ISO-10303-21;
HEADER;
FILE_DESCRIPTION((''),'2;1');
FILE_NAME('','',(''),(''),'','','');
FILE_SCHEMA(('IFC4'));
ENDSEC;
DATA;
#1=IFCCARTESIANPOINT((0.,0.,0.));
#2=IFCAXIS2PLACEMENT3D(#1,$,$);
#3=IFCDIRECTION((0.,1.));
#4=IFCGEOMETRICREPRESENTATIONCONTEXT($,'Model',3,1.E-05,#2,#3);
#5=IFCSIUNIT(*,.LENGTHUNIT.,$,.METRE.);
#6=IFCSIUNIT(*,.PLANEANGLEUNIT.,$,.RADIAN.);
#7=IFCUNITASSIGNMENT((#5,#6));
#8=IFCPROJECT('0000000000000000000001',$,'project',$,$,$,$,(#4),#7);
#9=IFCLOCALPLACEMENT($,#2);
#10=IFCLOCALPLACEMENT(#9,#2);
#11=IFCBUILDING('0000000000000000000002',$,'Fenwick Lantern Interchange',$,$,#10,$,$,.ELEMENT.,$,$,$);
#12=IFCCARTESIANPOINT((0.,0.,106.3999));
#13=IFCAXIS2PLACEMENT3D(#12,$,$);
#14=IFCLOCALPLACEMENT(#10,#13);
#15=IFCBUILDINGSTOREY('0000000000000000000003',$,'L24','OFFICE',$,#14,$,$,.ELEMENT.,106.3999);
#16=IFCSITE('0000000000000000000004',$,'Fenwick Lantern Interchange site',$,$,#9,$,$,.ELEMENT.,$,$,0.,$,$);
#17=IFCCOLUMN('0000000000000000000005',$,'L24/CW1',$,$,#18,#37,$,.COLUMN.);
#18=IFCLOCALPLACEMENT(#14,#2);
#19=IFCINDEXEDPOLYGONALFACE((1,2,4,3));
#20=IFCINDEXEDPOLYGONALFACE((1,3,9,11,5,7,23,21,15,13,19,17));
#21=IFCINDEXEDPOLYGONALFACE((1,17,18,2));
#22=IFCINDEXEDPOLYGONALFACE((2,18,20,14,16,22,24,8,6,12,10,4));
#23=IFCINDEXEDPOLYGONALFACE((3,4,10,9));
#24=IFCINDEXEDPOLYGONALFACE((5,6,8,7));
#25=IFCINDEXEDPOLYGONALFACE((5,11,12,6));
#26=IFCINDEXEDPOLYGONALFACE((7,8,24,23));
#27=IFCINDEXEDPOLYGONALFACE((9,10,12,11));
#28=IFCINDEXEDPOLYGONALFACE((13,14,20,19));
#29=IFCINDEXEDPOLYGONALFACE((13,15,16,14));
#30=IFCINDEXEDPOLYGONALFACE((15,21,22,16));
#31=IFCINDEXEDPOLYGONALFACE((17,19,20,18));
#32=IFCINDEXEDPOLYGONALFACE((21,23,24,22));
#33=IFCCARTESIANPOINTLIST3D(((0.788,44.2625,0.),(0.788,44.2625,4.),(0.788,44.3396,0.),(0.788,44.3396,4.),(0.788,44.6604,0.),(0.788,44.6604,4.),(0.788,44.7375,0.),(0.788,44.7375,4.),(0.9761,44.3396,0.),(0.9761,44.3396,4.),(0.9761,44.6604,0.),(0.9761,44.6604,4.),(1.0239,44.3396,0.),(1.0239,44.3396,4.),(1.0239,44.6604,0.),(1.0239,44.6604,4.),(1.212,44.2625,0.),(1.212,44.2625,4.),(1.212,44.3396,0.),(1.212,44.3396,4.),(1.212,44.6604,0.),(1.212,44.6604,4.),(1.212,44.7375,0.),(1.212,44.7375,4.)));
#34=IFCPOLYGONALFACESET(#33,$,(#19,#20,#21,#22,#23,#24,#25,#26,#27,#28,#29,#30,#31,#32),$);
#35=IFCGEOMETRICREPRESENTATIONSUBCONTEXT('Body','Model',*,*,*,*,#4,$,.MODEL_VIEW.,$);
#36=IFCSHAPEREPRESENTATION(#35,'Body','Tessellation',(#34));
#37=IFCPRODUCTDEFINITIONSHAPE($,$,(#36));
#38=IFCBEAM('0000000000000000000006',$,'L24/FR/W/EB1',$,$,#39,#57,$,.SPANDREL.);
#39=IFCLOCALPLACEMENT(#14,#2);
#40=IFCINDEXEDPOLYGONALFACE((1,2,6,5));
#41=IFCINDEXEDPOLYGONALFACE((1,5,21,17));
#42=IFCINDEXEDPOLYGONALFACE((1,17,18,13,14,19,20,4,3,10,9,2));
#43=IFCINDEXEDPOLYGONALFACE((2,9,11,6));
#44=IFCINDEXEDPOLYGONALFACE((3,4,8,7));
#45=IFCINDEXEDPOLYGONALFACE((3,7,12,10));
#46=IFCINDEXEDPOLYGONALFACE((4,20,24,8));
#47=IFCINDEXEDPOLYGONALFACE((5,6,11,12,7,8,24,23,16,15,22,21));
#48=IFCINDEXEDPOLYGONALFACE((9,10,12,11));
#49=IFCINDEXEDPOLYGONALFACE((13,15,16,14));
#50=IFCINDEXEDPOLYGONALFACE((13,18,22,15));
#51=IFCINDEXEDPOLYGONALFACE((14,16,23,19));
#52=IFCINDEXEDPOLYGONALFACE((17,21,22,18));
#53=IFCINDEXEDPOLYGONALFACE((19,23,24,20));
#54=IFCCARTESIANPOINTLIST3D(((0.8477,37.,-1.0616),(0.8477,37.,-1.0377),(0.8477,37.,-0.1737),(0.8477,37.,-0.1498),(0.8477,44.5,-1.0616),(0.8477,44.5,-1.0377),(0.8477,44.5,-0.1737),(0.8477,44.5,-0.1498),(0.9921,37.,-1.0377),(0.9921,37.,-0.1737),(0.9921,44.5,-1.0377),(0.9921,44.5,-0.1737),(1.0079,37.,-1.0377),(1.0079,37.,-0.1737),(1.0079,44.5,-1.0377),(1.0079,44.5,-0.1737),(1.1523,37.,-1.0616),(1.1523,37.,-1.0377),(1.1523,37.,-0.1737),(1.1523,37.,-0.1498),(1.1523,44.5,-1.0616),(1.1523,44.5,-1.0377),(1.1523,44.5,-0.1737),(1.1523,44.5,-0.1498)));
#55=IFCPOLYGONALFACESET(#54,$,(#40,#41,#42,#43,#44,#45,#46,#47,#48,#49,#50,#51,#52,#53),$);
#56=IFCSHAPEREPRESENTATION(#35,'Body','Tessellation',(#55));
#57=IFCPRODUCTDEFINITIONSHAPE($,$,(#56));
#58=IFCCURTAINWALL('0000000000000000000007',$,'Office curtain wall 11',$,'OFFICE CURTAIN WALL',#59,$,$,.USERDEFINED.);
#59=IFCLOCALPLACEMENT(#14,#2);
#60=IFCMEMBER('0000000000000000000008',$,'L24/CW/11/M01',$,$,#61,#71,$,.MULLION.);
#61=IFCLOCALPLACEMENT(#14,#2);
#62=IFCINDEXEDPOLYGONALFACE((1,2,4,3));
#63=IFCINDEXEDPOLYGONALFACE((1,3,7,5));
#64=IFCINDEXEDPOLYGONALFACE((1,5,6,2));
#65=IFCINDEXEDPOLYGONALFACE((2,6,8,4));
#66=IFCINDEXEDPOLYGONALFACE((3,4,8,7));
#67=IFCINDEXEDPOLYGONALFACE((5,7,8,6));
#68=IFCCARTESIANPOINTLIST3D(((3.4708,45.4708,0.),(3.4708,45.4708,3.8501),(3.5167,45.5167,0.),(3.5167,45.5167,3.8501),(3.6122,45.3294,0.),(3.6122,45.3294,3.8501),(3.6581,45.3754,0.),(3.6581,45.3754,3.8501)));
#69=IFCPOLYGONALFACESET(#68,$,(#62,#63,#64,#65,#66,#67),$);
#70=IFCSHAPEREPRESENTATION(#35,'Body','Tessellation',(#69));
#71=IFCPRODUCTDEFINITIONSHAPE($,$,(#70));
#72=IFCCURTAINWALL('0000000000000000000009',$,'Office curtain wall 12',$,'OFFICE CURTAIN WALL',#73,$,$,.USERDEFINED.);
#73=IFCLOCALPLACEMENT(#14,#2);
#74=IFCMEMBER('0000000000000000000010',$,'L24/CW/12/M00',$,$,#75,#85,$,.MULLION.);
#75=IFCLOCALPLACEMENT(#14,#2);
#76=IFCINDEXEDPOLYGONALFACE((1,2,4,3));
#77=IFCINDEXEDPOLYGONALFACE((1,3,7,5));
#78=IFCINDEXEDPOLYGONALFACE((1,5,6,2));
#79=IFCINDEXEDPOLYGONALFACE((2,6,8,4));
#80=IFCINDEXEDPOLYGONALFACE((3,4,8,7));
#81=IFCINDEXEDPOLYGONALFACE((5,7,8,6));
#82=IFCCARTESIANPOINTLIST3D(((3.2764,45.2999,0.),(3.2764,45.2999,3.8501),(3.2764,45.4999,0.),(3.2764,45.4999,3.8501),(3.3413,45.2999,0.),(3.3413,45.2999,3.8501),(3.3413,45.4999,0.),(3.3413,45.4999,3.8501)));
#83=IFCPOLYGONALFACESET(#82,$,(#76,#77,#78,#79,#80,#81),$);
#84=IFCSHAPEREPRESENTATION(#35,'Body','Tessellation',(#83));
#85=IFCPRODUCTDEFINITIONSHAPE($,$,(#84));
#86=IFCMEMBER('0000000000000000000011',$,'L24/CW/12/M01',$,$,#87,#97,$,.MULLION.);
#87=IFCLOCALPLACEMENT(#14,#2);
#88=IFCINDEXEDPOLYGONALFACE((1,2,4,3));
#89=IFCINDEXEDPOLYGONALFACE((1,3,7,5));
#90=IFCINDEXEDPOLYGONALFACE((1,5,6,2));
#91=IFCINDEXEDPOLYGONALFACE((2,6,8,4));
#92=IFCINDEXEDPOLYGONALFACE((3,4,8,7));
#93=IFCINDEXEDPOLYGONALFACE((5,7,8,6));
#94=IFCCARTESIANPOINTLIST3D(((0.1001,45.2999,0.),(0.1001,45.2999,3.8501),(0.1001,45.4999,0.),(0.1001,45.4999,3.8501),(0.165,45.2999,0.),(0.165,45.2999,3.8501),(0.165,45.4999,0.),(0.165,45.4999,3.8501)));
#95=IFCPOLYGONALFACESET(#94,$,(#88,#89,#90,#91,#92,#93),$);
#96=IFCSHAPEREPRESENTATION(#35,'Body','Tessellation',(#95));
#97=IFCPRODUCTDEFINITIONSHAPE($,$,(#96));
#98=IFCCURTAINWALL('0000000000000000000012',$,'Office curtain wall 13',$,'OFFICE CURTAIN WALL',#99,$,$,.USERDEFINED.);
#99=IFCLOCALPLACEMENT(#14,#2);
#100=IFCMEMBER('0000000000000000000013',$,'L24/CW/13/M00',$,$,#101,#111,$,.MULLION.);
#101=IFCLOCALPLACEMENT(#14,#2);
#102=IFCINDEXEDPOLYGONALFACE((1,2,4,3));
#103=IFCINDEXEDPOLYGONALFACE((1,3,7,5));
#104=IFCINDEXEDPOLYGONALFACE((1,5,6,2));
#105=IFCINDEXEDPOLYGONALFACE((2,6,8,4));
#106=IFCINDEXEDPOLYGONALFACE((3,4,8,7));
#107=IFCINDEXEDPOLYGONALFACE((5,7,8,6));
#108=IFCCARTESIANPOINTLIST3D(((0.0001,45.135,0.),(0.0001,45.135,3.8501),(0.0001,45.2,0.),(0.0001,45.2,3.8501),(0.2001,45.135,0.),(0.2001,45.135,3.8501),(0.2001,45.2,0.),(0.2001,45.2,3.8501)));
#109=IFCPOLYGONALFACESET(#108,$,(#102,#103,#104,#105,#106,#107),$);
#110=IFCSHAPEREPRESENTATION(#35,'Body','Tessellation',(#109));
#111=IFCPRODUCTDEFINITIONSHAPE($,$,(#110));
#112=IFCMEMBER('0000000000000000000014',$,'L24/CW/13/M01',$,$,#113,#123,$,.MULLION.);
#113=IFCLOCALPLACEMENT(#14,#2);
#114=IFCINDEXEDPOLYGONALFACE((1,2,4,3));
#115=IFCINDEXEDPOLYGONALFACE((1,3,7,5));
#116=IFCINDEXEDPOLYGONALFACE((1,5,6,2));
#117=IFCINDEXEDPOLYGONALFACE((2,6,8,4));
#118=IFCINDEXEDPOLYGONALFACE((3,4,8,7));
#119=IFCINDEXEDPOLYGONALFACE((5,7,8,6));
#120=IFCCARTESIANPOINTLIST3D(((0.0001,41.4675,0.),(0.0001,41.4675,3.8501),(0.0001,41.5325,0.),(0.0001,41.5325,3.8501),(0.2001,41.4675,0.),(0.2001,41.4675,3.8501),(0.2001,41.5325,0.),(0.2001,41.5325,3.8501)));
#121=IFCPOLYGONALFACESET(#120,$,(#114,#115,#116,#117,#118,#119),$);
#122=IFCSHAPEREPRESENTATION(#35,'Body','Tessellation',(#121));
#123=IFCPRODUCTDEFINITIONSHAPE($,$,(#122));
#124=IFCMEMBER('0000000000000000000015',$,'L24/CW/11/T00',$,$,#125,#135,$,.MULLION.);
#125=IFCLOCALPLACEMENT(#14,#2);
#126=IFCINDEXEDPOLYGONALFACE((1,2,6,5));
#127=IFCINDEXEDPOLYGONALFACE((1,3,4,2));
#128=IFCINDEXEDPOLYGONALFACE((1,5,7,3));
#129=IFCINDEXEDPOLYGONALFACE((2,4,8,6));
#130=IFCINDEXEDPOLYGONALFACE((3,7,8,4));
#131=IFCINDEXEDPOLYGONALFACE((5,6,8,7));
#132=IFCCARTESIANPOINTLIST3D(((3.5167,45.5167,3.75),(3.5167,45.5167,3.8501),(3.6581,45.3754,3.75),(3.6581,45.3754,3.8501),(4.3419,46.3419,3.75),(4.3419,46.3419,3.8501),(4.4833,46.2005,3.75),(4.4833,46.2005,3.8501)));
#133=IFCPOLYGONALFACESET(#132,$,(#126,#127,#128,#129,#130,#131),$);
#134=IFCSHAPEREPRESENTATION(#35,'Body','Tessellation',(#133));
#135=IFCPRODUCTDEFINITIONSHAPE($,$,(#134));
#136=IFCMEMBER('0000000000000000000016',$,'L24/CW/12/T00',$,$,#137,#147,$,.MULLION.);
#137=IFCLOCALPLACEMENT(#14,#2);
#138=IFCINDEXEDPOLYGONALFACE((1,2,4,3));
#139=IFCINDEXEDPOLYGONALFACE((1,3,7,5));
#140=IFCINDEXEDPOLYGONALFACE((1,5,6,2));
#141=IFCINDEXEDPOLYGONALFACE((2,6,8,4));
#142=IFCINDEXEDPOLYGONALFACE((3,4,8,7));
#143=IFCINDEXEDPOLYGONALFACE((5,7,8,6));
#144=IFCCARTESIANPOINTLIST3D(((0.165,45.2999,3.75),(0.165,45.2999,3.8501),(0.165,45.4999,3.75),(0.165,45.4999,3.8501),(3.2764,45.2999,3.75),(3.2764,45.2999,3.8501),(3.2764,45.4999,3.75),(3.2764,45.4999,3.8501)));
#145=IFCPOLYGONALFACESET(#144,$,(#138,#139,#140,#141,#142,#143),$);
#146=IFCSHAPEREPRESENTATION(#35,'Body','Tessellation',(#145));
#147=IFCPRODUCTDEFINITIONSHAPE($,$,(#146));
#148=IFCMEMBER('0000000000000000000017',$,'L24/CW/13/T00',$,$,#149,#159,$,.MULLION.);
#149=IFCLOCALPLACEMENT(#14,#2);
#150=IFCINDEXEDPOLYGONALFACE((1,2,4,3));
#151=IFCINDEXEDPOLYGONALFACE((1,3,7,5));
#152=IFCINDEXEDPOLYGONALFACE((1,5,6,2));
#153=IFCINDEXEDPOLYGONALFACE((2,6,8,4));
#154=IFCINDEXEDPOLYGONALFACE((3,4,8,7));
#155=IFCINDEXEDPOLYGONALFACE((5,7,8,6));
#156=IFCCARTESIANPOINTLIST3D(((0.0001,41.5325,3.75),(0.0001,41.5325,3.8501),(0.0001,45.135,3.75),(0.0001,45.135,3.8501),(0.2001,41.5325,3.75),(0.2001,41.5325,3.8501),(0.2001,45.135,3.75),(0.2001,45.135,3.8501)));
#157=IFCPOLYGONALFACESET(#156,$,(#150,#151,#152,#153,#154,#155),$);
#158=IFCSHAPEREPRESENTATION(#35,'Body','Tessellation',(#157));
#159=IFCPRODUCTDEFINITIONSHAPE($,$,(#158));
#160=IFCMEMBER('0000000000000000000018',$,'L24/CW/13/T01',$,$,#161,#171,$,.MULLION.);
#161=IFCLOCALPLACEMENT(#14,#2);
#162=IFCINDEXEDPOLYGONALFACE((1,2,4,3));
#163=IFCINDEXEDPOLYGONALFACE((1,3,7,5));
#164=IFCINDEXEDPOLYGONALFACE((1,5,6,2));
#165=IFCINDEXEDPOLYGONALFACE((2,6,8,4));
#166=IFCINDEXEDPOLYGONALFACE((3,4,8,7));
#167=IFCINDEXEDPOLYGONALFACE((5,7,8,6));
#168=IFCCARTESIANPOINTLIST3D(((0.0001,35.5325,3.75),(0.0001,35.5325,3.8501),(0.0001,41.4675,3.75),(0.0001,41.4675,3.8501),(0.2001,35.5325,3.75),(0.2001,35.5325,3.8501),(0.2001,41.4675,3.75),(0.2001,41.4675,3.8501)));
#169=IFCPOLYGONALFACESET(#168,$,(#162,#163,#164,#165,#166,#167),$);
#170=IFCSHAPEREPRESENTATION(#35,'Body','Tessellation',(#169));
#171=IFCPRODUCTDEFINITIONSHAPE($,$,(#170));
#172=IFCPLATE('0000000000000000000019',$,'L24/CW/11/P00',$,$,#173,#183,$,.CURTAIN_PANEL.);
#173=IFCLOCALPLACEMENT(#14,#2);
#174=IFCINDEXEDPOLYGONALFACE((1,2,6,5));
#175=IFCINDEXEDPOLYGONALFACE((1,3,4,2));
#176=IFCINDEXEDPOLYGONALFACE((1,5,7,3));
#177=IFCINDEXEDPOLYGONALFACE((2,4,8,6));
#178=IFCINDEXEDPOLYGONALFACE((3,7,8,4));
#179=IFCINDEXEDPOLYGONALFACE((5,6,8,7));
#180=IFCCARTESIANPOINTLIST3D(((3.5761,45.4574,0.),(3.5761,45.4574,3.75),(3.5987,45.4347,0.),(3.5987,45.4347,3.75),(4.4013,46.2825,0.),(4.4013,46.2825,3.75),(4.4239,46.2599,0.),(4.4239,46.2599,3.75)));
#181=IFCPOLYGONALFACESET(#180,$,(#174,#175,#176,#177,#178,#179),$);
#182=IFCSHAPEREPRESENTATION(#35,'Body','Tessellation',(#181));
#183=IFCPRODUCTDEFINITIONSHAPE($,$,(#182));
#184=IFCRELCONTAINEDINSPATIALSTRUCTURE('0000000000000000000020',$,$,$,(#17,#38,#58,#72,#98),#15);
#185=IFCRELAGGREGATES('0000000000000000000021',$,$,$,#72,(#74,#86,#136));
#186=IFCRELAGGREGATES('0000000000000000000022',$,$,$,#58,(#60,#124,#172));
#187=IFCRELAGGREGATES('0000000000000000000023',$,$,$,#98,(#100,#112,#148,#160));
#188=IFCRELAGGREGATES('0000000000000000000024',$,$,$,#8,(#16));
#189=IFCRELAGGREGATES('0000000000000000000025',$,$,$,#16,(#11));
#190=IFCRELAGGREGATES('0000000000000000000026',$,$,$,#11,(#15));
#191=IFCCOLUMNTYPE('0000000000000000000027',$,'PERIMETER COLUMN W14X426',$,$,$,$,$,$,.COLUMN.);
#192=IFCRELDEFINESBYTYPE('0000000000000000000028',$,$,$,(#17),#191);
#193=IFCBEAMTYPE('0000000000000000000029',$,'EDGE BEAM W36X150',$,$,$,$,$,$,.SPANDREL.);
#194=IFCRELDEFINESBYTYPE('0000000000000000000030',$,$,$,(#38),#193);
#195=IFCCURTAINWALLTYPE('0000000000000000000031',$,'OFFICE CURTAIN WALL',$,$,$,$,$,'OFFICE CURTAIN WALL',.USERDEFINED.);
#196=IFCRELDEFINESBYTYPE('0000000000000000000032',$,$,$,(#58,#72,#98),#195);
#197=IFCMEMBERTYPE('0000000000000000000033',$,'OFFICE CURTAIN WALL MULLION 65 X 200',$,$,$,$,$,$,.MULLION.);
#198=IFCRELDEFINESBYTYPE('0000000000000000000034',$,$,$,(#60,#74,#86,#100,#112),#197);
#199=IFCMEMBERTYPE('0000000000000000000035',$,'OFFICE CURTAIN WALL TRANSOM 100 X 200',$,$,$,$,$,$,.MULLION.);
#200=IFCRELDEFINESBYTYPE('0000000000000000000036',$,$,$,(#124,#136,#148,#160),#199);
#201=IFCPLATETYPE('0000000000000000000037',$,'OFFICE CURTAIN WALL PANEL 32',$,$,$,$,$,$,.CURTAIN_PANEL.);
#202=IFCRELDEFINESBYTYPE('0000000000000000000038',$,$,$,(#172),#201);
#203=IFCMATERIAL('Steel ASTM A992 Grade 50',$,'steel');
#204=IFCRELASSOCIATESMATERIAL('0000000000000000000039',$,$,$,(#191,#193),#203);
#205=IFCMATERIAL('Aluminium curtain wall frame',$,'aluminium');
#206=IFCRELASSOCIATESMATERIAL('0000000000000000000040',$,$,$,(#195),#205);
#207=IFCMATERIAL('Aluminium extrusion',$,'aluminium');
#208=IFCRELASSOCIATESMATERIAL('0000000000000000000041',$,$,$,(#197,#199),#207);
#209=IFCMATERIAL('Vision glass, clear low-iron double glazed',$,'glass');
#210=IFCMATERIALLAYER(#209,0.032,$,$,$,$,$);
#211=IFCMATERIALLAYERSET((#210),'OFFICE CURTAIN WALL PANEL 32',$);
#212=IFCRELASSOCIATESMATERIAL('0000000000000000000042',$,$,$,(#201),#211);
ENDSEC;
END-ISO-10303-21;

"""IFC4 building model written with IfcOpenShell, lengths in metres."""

from ifc_helpers import new_model, si_unit, direction, frame, origin, origin_2d, place, context, subcontext, project, spatial, rectangle, i_section, extrude, material, layer, layer_set, material_profile, profile_set, type_object, element, aggregate, save


model = new_model("IFC4")

# Units and contexts
model_context = context("Model", 3, precision=1e-05, world=origin(), true_north=direction((0.0, 1.0)))
body_context = subcontext(model_context, "Body", "Model", "MODEL_VIEW")
ifc_project = project(units=[si_unit("LENGTHUNIT", "METRE"), si_unit("PLANEANGLEUNIT", "RADIAN")], contexts=[model_context])

# Site, building, storey
site_placement = place(None, origin())
site = spatial("IfcSite", under=ifc_project, at=site_placement, Name="Fenwick Lantern Interchange site", CompositionType="ELEMENT", RefElevation=0.0)
building_placement = place(site_placement, origin())
building = spatial("IfcBuilding", under=site, at=building_placement, Name="Fenwick Lantern Interchange", CompositionType="ELEMENT")
storey_placement = place(building_placement, frame((0.0, 0.0, 106.3999)))
storey = spatial("IfcBuildingStorey", under=building, at=storey_placement, Name="L24", Description="OFFICE", CompositionType="ELEMENT", Elevation=106.3999)

# Column
ifc_material_1 = material(Name="Steel ASTM A992 Grade 50", Category="steel")
ifc_material_profile_1 = material_profile(ifc_material_1, i_section(OverallWidth=0.4241, OverallDepth=0.4751, WebThickness=0.0479, FlangeThickness=0.0771, at=origin_2d()), Name="W14X426")
ifc_profile_set_1 = profile_set([ifc_material_profile_1], Name="Steel ASTM A992 Grade 50")
column_type = type_object("IfcColumnType", Name="PERIMETER COLUMN W14X426", PredefinedType="COLUMN", material=ifc_profile_set_1)
column_placement = place(storey_placement, frame((1.0, 44.5, 0.0), z_axis=(0.0, 0.0, 1.0), x_axis=(1.0, 0.0, 0.0)))
element("IfcColumn", 1, at=column_placement, inside=storey, type_object=column_type, Name="L24/CW1", PredefinedType="COLUMN", context=body_context, shape_type="SweptSolid", body=[
    extrude(i_section(OverallWidth=0.4241, OverallDepth=0.4751, WebThickness=0.0479, FlangeThickness=0.0771, at=origin_2d()), origin(), (0.0, 0.0, 1.0), 4.0),
])

# Beam
ifc_material_profile_2 = material_profile(ifc_material_1, i_section(OverallWidth=0.3047, OverallDepth=0.9119, WebThickness=0.0159, FlangeThickness=0.0239, at=origin_2d()), Name="W36X150")
ifc_profile_set_2 = profile_set([ifc_material_profile_2], Name="Steel ASTM A992 Grade 50")
beam_type = type_object("IfcBeamType", Name="EDGE BEAM W36X150", PredefinedType="SPANDREL", material=ifc_profile_set_2)
beam_placement = place(storey_placement, frame((1.0, 44.5, -0.6057), z_axis=(0.0, -1.0, 0.0), x_axis=(1.0, 0.0, 0.0)))
element("IfcBeam", 2, at=beam_placement, inside=storey, type_object=beam_type, Name="L24/FR/W/EB1", PredefinedType="SPANDREL", context=body_context, shape_type="SweptSolid", body=[
    extrude(i_section(OverallWidth=0.3047, OverallDepth=0.9119, WebThickness=0.0159, FlangeThickness=0.0239, at=origin_2d()), origin(), (0.0, 0.0, 1.0), 7.5),
])

# Curtain wall, member
ifc_material_2 = material(Name="Aluminium curtain wall frame", Category="aluminium")
curtain_wall_type = type_object("IfcCurtainWallType", Name="OFFICE CURTAIN WALL", ElementType="OFFICE CURTAIN WALL", PredefinedType="USERDEFINED", material=ifc_material_2)
curtain_wall_1_placement = place(storey_placement, origin())
curtain_wall_1 = element("IfcCurtainWall", 3, at=curtain_wall_1_placement, inside=storey, type_object=curtain_wall_type, Name="Office curtain wall 11", ObjectType="OFFICE CURTAIN WALL", PredefinedType="USERDEFINED")
ifc_material_3 = material(Name="Aluminium extrusion", Category="aluminium")
ifc_material_profile_3 = material_profile(ifc_material_3, rectangle(XDim=0.2, YDim=0.0649, at=origin_2d()), Name="OFFICE CURTAIN WALL MULLION 65 X 200")
ifc_profile_set_3 = profile_set([ifc_material_profile_3], Name="Aluminium extrusion")
member_type_1 = type_object("IfcMemberType", Name="OFFICE CURTAIN WALL MULLION 65 X 200", PredefinedType="MULLION", material=ifc_profile_set_3)
member_1_placement = place(storey_placement, frame((3.5645, 45.4231, 0.0), z_axis=(0.0, 0.0, 1.0), x_axis=(0.707107, -0.707107, 0.0)))
member_1 = element("IfcMember", 4, at=member_1_placement, type_object=member_type_1, Name="L24/CW/11/M01", PredefinedType="MULLION", context=body_context, shape_type="SweptSolid", body=[
    extrude(rectangle(XDim=0.2, YDim=0.0649, at=origin_2d()), origin(), (0.0, 0.0, 1.0), 3.8501),
])

# Curtain walls, members
curtain_wall_2_placement = place(storey_placement, origin())
curtain_wall_2 = element("IfcCurtainWall", 5, at=curtain_wall_2_placement, inside=storey, type_object=curtain_wall_type, Name="Office curtain wall 12", ObjectType="OFFICE CURTAIN WALL", PredefinedType="USERDEFINED")
member_2_placement = place(storey_placement, frame((3.3088, 45.3999, 0.0), z_axis=(0.0, 0.0, 1.0), x_axis=(0.0, -1.0, 0.0)))
member_2 = element("IfcMember", 6, at=member_2_placement, type_object=member_type_1, Name="L24/CW/12/M00", PredefinedType="MULLION", context=body_context, shape_type="SweptSolid", body=[
    extrude(rectangle(XDim=0.2, YDim=0.0649, at=origin_2d()), origin(), (0.0, 0.0, 1.0), 3.8501),
])
member_3_placement = place(storey_placement, frame((0.1326, 45.3999, 0.0), z_axis=(0.0, 0.0, 1.0), x_axis=(0.0, -1.0, 0.0)))
member_3 = element("IfcMember", 7, at=member_3_placement, type_object=member_type_1, Name="L24/CW/12/M01", PredefinedType="MULLION", context=body_context, shape_type="SweptSolid", body=[
    extrude(rectangle(XDim=0.2, YDim=0.0649, at=origin_2d()), origin(), (0.0, 0.0, 1.0), 3.8501),
])
curtain_wall_3_placement = place(storey_placement, origin())
curtain_wall_3 = element("IfcCurtainWall", 8, at=curtain_wall_3_placement, inside=storey, type_object=curtain_wall_type, Name="Office curtain wall 13", ObjectType="OFFICE CURTAIN WALL", PredefinedType="USERDEFINED")
member_4_placement = place(storey_placement, frame((0.1001, 45.1675, 0.0), z_axis=(0.0, 0.0, 1.0), x_axis=(1.0, 0.0, 0.0)))
member_4 = element("IfcMember", 9, at=member_4_placement, type_object=member_type_1, Name="L24/CW/13/M00", PredefinedType="MULLION", context=body_context, shape_type="SweptSolid", body=[
    extrude(rectangle(XDim=0.2, YDim=0.0649, at=origin_2d()), origin(), (0.0, 0.0, 1.0), 3.8501),
])
member_5_placement = place(storey_placement, frame((0.1001, 41.5, 0.0), z_axis=(0.0, 0.0, 1.0), x_axis=(1.0, 0.0, 0.0)))
member_5 = element("IfcMember", 10, at=member_5_placement, type_object=member_type_1, Name="L24/CW/13/M01", PredefinedType="MULLION", context=body_context, shape_type="SweptSolid", body=[
    extrude(rectangle(XDim=0.2, YDim=0.0649, at=origin_2d()), origin(), (0.0, 0.0, 1.0), 3.8501),
])

# Members
ifc_material_profile_4 = material_profile(ifc_material_3, rectangle(XDim=0.2, YDim=0.1001, at=origin_2d()), Name="OFFICE CURTAIN WALL TRANSOM 100 X 200")
ifc_profile_set_4 = profile_set([ifc_material_profile_4], Name="Aluminium extrusion")
member_type_2 = type_object("IfcMemberType", Name="OFFICE CURTAIN WALL TRANSOM 100 X 200", PredefinedType="MULLION", material=ifc_profile_set_4)
member_6_placement = place(storey_placement, frame((4.4126, 46.2712, 3.8), z_axis=(-0.707107, -0.707107, 0.0), x_axis=(0.707107, -0.707107, 0.0)))
member_6 = element("IfcMember", 11, at=member_6_placement, type_object=member_type_2, Name="L24/CW/11/T00", PredefinedType="MULLION", context=body_context, shape_type="SweptSolid", body=[
    extrude(rectangle(XDim=0.2, YDim=0.1001, at=origin_2d()), origin(), (0.0, 0.0, 1.0), 1.167),
])
member_7_placement = place(storey_placement, frame((3.2764, 45.3999, 3.8), z_axis=(-1.0, 0.0, 0.0), x_axis=(0.0, -1.0, 0.0)))
member_7 = element("IfcMember", 12, at=member_7_placement, type_object=member_type_2, Name="L24/CW/12/T00", PredefinedType="MULLION", context=body_context, shape_type="SweptSolid", body=[
    extrude(rectangle(XDim=0.2, YDim=0.1001, at=origin_2d()), origin(), (0.0, 0.0, 1.0), 3.1113),
])
aggregate(curtain_wall_2, [member_2, member_3, member_7])
member_8_placement = place(storey_placement, frame((0.1001, 45.135, 3.8), z_axis=(0.0, -1.0, 0.0), x_axis=(1.0, 0.0, 0.0)))
member_8 = element("IfcMember", 13, at=member_8_placement, type_object=member_type_2, Name="L24/CW/13/T00", PredefinedType="MULLION", context=body_context, shape_type="SweptSolid", body=[
    extrude(rectangle(XDim=0.2, YDim=0.1001, at=origin_2d()), origin(), (0.0, 0.0, 1.0), 3.6025),
])
member_9_placement = place(storey_placement, frame((0.1001, 41.4675, 3.8), z_axis=(0.0, -1.0, 0.0), x_axis=(1.0, 0.0, 0.0)))
member_9 = element("IfcMember", 14, at=member_9_placement, type_object=member_type_2, Name="L24/CW/13/T01", PredefinedType="MULLION", context=body_context, shape_type="SweptSolid", body=[
    extrude(rectangle(XDim=0.2, YDim=0.1001, at=origin_2d()), origin(), (0.0, 0.0, 1.0), 5.9351),
])

# Plate
ifc_material_4 = material(Name="Vision glass, clear low-iron double glazed", Category="glass")
ifc_layer_1 = layer(ifc_material_4, 0.032)
ifc_layer_set_1 = layer_set([ifc_layer_1], Name="OFFICE CURTAIN WALL PANEL 32")
plate_type = type_object("IfcPlateType", Name="OFFICE CURTAIN WALL PANEL 32", PredefinedType="CURTAIN_PANEL", material=ifc_layer_set_1)
plate_1_placement = place(storey_placement, frame((4.0, 45.8586, 0.0), z_axis=(0.0, 0.0, 1.0), x_axis=(-0.707107, -0.707107, 0.0)))
plate_1 = element("IfcPlate", 15, at=plate_1_placement, type_object=plate_type, Name="L24/CW/11/P00", PredefinedType="CURTAIN_PANEL", context=body_context, shape_type="SweptSolid", body=[
    extrude(rectangle(XDim=1.167, YDim=0.032, at=origin_2d()), origin(), (0.0, 0.0, 1.0), 3.75),
])
aggregate(curtain_wall_1, [member_1, member_6, plate_1])
aggregate(curtain_wall_3, [member_4, member_5, member_8, member_9])

save(model, "model.ifc")
